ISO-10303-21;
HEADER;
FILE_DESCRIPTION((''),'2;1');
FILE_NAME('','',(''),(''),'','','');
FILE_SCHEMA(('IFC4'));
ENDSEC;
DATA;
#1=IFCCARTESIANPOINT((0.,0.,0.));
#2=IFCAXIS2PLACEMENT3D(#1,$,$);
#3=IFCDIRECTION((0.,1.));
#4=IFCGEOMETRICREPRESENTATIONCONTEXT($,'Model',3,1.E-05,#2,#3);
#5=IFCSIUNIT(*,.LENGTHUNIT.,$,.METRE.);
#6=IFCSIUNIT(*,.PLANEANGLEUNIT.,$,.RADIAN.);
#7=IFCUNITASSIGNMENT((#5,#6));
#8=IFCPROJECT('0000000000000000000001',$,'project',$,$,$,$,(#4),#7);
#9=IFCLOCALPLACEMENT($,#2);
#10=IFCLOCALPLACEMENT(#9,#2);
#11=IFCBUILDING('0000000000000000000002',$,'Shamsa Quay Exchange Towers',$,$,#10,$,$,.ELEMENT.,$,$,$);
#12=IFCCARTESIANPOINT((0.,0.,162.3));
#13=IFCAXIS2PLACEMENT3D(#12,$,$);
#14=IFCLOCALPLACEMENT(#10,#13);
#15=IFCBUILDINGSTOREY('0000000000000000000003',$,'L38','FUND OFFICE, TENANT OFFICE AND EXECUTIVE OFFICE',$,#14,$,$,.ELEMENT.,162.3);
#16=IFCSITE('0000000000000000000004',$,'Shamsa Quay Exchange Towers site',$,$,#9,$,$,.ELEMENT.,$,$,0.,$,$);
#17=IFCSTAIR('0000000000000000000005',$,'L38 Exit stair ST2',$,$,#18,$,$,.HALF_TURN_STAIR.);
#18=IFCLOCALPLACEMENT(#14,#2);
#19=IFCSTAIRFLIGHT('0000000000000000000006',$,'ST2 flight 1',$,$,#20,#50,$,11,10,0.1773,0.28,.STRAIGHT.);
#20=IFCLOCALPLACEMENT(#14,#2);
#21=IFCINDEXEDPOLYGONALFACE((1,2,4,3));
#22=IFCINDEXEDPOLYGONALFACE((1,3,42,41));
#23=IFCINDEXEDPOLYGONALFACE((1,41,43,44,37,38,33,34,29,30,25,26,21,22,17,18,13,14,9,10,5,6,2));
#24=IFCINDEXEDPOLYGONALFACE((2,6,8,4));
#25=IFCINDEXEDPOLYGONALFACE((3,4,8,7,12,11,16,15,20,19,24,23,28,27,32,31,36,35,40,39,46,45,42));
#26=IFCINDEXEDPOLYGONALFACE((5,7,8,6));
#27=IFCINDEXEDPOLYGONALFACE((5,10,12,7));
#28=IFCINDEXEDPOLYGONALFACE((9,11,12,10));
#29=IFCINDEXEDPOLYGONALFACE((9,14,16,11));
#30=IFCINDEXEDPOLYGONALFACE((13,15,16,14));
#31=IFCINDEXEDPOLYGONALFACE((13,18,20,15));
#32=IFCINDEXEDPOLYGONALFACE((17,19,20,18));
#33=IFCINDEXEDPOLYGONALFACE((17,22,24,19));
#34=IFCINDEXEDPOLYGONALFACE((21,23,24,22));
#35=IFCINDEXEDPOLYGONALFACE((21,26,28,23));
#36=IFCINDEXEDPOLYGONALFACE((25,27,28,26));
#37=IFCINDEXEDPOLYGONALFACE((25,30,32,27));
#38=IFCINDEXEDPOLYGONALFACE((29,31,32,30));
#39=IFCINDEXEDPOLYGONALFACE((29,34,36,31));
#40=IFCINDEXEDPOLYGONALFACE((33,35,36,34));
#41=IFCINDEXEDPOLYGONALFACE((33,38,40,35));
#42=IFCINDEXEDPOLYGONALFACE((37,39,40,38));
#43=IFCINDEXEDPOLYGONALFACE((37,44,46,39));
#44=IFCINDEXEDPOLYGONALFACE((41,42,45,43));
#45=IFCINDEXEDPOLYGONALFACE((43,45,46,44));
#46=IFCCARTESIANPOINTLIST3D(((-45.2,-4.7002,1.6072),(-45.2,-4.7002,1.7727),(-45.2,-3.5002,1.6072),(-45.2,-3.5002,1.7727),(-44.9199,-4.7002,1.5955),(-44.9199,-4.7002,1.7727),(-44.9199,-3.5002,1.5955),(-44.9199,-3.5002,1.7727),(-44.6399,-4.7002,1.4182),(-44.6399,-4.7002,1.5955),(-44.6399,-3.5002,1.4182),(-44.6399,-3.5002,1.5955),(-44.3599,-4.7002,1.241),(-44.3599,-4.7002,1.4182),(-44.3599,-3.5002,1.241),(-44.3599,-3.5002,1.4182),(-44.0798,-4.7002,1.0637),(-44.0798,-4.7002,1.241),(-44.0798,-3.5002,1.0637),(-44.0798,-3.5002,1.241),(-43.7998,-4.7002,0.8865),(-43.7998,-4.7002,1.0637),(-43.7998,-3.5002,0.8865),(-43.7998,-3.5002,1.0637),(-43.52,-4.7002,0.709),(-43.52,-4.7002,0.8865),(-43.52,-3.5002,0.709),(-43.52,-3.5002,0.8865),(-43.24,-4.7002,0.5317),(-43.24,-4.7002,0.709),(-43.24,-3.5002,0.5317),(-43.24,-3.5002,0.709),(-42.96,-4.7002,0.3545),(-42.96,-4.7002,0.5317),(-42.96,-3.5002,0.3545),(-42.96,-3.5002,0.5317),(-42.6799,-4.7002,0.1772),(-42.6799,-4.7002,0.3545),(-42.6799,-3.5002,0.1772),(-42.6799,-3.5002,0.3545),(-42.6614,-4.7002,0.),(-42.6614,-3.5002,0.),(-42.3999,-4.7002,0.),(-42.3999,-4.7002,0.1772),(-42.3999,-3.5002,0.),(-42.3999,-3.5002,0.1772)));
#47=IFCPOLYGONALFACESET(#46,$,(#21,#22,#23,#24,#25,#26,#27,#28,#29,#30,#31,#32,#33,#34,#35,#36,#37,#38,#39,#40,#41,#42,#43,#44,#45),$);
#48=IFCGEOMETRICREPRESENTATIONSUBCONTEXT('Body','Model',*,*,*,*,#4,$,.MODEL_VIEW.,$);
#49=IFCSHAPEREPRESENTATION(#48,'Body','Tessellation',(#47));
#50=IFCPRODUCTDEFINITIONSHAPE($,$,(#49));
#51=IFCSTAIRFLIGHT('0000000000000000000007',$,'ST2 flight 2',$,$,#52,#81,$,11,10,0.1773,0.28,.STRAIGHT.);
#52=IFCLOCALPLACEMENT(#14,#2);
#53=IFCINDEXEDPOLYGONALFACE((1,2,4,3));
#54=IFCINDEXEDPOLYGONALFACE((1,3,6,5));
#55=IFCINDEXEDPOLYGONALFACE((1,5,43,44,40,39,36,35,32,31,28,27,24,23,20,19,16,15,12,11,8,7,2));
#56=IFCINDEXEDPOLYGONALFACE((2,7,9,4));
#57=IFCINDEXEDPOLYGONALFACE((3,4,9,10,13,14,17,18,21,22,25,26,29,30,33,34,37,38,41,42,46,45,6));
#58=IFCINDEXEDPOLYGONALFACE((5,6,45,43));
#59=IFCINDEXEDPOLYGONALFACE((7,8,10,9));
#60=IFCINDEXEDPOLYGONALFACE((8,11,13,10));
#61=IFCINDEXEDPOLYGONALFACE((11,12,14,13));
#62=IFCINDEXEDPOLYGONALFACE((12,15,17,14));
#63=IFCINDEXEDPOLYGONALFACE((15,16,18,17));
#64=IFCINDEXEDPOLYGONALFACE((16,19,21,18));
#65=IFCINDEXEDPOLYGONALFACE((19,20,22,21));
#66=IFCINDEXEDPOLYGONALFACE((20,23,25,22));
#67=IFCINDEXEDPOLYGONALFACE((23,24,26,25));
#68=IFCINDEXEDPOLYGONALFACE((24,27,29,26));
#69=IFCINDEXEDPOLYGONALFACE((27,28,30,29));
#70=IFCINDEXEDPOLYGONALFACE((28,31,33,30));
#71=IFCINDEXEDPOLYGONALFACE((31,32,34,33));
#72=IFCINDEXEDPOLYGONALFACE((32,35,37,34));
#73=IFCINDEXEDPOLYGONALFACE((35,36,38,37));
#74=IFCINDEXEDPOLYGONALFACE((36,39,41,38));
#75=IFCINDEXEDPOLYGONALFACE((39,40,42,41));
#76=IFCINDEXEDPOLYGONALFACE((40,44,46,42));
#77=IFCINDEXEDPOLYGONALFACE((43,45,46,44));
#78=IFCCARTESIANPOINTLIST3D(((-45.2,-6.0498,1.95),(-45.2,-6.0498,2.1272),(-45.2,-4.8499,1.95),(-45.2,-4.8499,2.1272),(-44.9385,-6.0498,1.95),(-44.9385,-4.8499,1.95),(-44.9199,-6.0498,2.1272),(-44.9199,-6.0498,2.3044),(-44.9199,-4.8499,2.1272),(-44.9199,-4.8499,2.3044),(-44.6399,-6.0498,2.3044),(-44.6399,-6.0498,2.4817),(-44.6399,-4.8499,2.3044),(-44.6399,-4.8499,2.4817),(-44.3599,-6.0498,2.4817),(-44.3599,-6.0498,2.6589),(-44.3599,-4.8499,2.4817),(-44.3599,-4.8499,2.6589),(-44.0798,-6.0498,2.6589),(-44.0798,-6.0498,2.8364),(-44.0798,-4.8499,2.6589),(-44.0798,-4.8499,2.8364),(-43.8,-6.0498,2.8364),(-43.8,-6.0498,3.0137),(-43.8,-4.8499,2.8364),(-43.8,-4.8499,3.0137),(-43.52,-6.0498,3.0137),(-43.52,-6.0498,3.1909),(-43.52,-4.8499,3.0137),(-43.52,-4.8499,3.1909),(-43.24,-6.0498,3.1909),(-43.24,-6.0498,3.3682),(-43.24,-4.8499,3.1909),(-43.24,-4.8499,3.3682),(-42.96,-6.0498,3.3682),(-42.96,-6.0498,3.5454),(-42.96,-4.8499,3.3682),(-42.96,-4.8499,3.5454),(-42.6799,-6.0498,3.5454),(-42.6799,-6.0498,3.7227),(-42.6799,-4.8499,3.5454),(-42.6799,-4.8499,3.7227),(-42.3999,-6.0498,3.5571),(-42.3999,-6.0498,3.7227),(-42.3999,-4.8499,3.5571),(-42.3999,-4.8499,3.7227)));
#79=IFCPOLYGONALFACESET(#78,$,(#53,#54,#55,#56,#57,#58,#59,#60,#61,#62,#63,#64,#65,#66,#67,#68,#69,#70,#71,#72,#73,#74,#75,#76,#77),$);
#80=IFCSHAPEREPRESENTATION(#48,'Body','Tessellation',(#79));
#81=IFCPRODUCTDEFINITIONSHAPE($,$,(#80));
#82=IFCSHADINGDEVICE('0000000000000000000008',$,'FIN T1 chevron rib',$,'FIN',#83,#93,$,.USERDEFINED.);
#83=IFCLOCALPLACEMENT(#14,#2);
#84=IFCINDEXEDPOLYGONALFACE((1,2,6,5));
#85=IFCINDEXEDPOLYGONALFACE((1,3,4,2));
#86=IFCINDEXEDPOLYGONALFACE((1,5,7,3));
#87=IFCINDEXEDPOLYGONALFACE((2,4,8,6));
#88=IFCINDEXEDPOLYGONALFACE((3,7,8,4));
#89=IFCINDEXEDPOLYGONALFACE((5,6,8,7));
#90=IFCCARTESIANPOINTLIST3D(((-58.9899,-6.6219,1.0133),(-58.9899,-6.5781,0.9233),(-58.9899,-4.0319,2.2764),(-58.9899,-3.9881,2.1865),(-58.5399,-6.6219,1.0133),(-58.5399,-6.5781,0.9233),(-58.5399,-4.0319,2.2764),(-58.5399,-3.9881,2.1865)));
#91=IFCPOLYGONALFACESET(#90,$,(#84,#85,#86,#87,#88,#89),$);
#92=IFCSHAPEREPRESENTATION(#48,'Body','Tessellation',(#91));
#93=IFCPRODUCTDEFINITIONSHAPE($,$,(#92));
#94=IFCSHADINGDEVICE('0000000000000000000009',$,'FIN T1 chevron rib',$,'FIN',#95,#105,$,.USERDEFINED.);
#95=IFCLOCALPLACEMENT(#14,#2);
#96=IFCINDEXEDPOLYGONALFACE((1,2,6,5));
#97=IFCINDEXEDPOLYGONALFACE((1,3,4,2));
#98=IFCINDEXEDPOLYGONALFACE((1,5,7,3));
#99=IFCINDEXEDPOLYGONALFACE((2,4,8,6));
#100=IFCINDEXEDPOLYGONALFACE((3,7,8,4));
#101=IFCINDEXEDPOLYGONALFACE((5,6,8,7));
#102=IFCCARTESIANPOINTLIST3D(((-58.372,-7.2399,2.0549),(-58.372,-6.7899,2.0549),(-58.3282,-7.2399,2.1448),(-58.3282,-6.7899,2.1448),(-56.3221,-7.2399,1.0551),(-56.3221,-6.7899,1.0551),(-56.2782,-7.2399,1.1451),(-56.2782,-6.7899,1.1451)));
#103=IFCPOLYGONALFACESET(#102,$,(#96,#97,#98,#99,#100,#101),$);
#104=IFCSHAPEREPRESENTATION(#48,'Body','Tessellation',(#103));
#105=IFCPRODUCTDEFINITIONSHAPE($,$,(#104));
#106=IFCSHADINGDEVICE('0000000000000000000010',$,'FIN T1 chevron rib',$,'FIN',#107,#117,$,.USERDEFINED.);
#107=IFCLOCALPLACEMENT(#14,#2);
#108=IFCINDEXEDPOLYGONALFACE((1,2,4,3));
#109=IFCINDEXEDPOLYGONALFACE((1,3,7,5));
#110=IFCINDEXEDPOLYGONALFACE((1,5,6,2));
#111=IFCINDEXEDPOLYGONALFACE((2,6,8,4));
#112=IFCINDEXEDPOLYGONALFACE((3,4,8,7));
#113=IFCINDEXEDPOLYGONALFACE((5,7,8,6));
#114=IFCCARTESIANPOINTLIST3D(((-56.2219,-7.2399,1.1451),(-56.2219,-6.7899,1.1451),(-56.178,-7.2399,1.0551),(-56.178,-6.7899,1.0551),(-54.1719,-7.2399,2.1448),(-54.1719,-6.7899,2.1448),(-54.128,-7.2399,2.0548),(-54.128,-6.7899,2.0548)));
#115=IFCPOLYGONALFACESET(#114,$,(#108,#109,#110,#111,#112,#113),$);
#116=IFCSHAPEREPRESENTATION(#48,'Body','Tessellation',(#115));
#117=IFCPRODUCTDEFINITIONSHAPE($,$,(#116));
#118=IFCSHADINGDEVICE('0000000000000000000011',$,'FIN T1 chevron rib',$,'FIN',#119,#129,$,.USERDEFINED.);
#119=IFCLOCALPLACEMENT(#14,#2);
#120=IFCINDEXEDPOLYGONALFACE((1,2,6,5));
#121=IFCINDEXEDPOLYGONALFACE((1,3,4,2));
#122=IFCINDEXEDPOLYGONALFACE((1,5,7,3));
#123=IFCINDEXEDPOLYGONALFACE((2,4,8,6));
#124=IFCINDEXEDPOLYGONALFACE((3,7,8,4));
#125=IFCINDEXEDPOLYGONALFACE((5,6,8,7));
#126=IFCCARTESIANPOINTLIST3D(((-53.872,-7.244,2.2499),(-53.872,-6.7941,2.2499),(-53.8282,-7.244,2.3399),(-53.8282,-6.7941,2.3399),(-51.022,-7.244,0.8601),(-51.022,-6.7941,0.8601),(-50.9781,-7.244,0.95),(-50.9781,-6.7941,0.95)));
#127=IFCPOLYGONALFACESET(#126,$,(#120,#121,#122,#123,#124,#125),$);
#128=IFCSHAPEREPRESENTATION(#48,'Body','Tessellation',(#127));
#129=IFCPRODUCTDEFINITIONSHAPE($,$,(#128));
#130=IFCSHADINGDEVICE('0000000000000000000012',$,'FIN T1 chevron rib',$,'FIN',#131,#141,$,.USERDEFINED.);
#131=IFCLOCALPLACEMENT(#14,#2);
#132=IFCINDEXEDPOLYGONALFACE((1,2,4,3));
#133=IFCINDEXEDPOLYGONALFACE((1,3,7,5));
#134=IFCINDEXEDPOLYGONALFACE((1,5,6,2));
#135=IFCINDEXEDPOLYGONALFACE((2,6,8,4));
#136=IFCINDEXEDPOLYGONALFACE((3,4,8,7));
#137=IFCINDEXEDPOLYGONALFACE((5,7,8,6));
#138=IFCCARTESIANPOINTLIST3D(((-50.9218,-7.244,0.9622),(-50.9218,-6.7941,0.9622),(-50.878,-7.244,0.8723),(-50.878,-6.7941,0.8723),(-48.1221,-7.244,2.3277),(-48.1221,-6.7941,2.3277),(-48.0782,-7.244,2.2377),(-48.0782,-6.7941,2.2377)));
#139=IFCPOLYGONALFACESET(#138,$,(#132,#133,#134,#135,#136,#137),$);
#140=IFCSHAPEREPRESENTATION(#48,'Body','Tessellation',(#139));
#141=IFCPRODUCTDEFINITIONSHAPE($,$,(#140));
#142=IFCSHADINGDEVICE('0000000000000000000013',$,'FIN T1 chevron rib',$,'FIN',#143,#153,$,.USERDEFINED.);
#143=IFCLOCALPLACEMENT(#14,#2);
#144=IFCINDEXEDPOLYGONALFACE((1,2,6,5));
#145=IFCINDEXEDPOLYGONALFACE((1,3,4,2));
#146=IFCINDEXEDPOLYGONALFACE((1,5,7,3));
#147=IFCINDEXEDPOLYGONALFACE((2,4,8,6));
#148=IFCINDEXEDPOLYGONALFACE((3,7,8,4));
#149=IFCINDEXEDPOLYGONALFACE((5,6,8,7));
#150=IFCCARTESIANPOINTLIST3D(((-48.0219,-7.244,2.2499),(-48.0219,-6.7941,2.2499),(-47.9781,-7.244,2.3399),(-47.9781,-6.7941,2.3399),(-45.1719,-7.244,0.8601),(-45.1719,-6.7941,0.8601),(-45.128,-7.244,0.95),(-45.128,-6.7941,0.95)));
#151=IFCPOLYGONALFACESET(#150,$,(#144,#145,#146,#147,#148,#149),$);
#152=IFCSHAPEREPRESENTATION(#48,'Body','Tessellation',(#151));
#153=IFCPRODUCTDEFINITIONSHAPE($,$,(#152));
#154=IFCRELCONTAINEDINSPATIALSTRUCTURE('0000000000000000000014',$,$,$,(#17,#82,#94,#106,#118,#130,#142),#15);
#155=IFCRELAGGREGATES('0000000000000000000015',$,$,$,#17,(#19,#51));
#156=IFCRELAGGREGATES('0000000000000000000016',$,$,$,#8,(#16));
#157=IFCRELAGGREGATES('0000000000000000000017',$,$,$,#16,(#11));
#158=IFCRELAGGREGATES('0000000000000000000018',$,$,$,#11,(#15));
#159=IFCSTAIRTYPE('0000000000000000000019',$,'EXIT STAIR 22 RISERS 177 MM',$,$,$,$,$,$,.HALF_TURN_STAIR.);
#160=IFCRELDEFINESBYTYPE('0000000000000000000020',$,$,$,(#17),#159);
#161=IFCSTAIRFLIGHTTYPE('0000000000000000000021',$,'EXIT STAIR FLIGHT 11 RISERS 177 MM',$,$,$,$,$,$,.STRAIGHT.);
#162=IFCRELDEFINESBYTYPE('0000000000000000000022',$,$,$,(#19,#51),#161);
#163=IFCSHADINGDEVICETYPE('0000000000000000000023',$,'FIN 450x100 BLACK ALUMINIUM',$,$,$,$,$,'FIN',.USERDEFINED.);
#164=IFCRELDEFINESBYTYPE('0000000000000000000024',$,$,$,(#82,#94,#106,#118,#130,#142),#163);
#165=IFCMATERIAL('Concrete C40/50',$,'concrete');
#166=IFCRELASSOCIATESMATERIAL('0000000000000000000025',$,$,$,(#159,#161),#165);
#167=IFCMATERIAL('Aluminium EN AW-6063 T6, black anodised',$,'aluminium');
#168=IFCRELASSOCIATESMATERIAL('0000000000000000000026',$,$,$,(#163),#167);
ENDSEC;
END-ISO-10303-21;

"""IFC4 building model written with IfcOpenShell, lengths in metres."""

from ifc_helpers import new_model, si_unit, direction, frame, origin, origin_2d, place, context, subcontext, project, spatial, polyline, rectangle, outline, extrude, material, material_profile, profile_set, type_object, element, aggregate, save


model = new_model("IFC4")

# Units and contexts
model_context = context("Model", 3, precision=1e-05, world=origin(), true_north=direction((0.0, 1.0)))
body_context = subcontext(model_context, "Body", "Model", "MODEL_VIEW")
ifc_project = project(units=[si_unit("LENGTHUNIT", "METRE"), si_unit("PLANEANGLEUNIT", "RADIAN")], contexts=[model_context])

# Site, building, storey
site_placement = place(None, origin())
site = spatial("IfcSite", under=ifc_project, at=site_placement, Name="Shamsa Quay Exchange Towers site", CompositionType="ELEMENT", RefElevation=0.0)
building_placement = place(site_placement, origin())
building = spatial("IfcBuilding", under=site, at=building_placement, Name="Shamsa Quay Exchange Towers", CompositionType="ELEMENT")
storey_placement = place(building_placement, frame((0.0, 0.0, 162.3)))
storey = spatial("IfcBuildingStorey", under=building, at=storey_placement, Name="L38", Description="FUND OFFICE, TENANT OFFICE AND EXECUTIVE OFFICE", CompositionType="ELEMENT", Elevation=162.3)

# Shared definitions
ifc_material_1 = material(Name="Aluminium EN AW-6063 T6, black anodised", Category="aluminium")

# Stair, stair flights
ifc_material_2 = material(Name="Concrete C40/50", Category="concrete")
stair_type = type_object("IfcStairType", Name="EXIT STAIR 22 RISERS 177 MM", PredefinedType="HALF_TURN_STAIR", material=ifc_material_2)
stair_placement = place(storey_placement, origin())
stair = element("IfcStair", 1, at=stair_placement, inside=storey, type_object=stair_type, Name="L38 Exit stair ST2", PredefinedType="HALF_TURN_STAIR")
stair_flight_type = type_object("IfcStairFlightType", Name="EXIT STAIR FLIGHT 11 RISERS 177 MM", PredefinedType="STRAIGHT", material=ifc_material_2)
stair_flight_1_placement = place(storey_placement, frame((-42.3999, -4.1001, 0.0), z_axis=(0.0, 0.0, 1.0), x_axis=(-1.0, 0.0, 0.0)))
stair_flight_1 = element("IfcStairFlight", 2, at=stair_flight_1_placement, type_object=stair_flight_type, Name="ST2 flight 1", NumberOfRisers=11, NumberOfTreads=10, PredefinedType="STRAIGHT", RiserHeight=0.1773, TreadLength=0.28, context=body_context, shape_type="SweptSolid", body=[
    extrude(outline(polyline([(0.0, 0.0), (0.0, 0.1772), (0.28, 0.1772), (0.28, 0.3545), (0.5601, 0.3545), (0.5601, 0.5317), (0.8401, 0.5317), (0.8401, 0.709), (1.1201, 0.709), (1.1201, 0.8865), (1.3999, 0.8865), (1.3999, 1.0637), (1.6799, 1.0637), (1.6799, 1.241), (1.96, 1.241), (1.96, 1.4182), (2.24, 1.4182), (2.24, 1.5955), (2.52, 1.5955), (2.52, 1.7727), (2.8, 1.7727), (2.8, 1.95), (2.8, 1.6072), (0.2615, 0.0), (0.0, 0.0)])), frame((0.0, 0.6001, 0.0), z_axis=(0.0, -1.0, 0.0), x_axis=(1.0, 0.0, 0.0)), (0.0, 0.0, 1.0), 1.2),
])
stair_flight_2_placement = place(storey_placement, frame((-45.2, -5.45, 1.95)))
stair_flight_2 = element("IfcStairFlight", 3, at=stair_flight_2_placement, type_object=stair_flight_type, Name="ST2 flight 2", NumberOfRisers=11, NumberOfTreads=10, PredefinedType="STRAIGHT", RiserHeight=0.1773, TreadLength=0.28, context=body_context, shape_type="SweptSolid", body=[
    extrude(outline(polyline([(0.0, 0.0), (0.0, 0.1772), (0.28, 0.1772), (0.28, 0.3545), (0.5601, 0.3545), (0.5601, 0.5317), (0.8401, 0.5317), (0.8401, 0.709), (1.1201, 0.709), (1.1201, 0.8865), (1.3999, 0.8865), (1.3999, 1.0637), (1.6799, 1.0637), (1.6799, 1.241), (1.96, 1.241), (1.96, 1.4182), (2.24, 1.4182), (2.24, 1.5955), (2.52, 1.5955), (2.52, 1.7727), (2.8, 1.7727), (2.8, 1.95), (2.8, 1.6072), (0.2615, 0.0), (0.0, 0.0)])), frame((0.0, 0.6001, 0.0), z_axis=(0.0, -1.0, 0.0), x_axis=(1.0, 0.0, 0.0)), (0.0, 0.0, 1.0), 1.2),
])
aggregate(stair, [stair_flight_1, stair_flight_2])

# Shading devices
ifc_material_profile_1 = material_profile(ifc_material_1, rectangle(XDim=0.45, YDim=0.1001, at=origin_2d()), Name="FIN450x100")
ifc_profile_set_1 = profile_set([ifc_material_profile_1], Name="Aluminium EN AW-6063 T6, black anodised")
shading_device_type = type_object("IfcShadingDeviceType", Name="FIN 450x100 BLACK ALUMINIUM", ElementType="FIN", PredefinedType="USERDEFINED", material=ifc_profile_set_1)
shading_device_1_placement = place(storey_placement, frame((-58.7649, -4.01, 2.2314), z_axis=(0.0, -0.898806, -0.438347), x_axis=(1.0, 0.0, 0.0)))
element("IfcShadingDevice", 4, at=shading_device_1_placement, inside=storey, type_object=shading_device_type, Name="FIN T1 chevron rib", ObjectType="FIN", PredefinedType="USERDEFINED", context=body_context, shape_type="SweptSolid", body=[
    extrude(rectangle(XDim=0.45, YDim=0.1001, at=origin_2d()), origin(), (0.0, 0.0, 1.0), 2.8816),
])
for number, where, z_axis, x_axis, name in (
    (5, (-58.3501, -7.0149, 2.0999), (0.898815, 0.0, -0.438329), (0.0, 1.0, 0.0), "FIN T1 chevron rib"),
    (6, (-56.2, -7.0149, 1.1001), (0.898815, 0.0, 0.438329), (0.0, 1.0, 0.0), "FIN T1 chevron rib"),
):
    element("IfcShadingDevice", number, at=place(storey_placement, frame(where, z_axis=z_axis, x_axis=x_axis)), inside=storey, type_object=shading_device_type, Name=name, ObjectType="FIN", PredefinedType="USERDEFINED", context=body_context, shape_type="SweptSolid", body=[
        extrude(rectangle(XDim=0.45, YDim=0.1001, at=origin_2d()), origin(), (0.0, 0.0, 1.0), 2.2808),
    ])
shading_device_2_placement = place(storey_placement, frame((-53.8501, -7.019, 2.2949), z_axis=(0.898818, 0.0, -0.438322), x_axis=(0.0, 1.0, 0.0)))
element("IfcShadingDevice", 7, at=shading_device_2_placement, inside=storey, type_object=shading_device_type, Name="FIN T1 chevron rib", ObjectType="FIN", PredefinedType="USERDEFINED", context=body_context, shape_type="SweptSolid", body=[
    extrude(rectangle(XDim=0.45, YDim=0.1001, at=origin_2d()), origin(), (0.0, 0.0, 1.0), 3.1709),
])
shading_device_3_placement = place(storey_placement, frame((-50.8999, -7.019, 0.9172), z_axis=(0.898804, 0.0, 0.438351), x_axis=(0.0, 1.0, 0.0)))
element("IfcShadingDevice", 8, at=shading_device_3_placement, inside=storey, type_object=shading_device_type, Name="FIN T1 chevron rib", ObjectType="FIN", PredefinedType="USERDEFINED", context=body_context, shape_type="SweptSolid", body=[
    extrude(rectangle(XDim=0.45, YDim=0.1001, at=origin_2d()), origin(), (0.0, 0.0, 1.0), 3.115),
])
shading_device_4_placement = place(storey_placement, frame((-48.0, -7.019, 2.2949), z_axis=(0.898818, 0.0, -0.438322), x_axis=(0.0, 1.0, 0.0)))
element("IfcShadingDevice", 9, at=shading_device_4_placement, inside=storey, type_object=shading_device_type, Name="FIN T1 chevron rib", ObjectType="FIN", PredefinedType="USERDEFINED", context=body_context, shape_type="SweptSolid", body=[
    extrude(rectangle(XDim=0.45, YDim=0.1001, at=origin_2d()), origin(), (0.0, 0.0, 1.0), 3.1709),
])

save(model, "model.ifc")
